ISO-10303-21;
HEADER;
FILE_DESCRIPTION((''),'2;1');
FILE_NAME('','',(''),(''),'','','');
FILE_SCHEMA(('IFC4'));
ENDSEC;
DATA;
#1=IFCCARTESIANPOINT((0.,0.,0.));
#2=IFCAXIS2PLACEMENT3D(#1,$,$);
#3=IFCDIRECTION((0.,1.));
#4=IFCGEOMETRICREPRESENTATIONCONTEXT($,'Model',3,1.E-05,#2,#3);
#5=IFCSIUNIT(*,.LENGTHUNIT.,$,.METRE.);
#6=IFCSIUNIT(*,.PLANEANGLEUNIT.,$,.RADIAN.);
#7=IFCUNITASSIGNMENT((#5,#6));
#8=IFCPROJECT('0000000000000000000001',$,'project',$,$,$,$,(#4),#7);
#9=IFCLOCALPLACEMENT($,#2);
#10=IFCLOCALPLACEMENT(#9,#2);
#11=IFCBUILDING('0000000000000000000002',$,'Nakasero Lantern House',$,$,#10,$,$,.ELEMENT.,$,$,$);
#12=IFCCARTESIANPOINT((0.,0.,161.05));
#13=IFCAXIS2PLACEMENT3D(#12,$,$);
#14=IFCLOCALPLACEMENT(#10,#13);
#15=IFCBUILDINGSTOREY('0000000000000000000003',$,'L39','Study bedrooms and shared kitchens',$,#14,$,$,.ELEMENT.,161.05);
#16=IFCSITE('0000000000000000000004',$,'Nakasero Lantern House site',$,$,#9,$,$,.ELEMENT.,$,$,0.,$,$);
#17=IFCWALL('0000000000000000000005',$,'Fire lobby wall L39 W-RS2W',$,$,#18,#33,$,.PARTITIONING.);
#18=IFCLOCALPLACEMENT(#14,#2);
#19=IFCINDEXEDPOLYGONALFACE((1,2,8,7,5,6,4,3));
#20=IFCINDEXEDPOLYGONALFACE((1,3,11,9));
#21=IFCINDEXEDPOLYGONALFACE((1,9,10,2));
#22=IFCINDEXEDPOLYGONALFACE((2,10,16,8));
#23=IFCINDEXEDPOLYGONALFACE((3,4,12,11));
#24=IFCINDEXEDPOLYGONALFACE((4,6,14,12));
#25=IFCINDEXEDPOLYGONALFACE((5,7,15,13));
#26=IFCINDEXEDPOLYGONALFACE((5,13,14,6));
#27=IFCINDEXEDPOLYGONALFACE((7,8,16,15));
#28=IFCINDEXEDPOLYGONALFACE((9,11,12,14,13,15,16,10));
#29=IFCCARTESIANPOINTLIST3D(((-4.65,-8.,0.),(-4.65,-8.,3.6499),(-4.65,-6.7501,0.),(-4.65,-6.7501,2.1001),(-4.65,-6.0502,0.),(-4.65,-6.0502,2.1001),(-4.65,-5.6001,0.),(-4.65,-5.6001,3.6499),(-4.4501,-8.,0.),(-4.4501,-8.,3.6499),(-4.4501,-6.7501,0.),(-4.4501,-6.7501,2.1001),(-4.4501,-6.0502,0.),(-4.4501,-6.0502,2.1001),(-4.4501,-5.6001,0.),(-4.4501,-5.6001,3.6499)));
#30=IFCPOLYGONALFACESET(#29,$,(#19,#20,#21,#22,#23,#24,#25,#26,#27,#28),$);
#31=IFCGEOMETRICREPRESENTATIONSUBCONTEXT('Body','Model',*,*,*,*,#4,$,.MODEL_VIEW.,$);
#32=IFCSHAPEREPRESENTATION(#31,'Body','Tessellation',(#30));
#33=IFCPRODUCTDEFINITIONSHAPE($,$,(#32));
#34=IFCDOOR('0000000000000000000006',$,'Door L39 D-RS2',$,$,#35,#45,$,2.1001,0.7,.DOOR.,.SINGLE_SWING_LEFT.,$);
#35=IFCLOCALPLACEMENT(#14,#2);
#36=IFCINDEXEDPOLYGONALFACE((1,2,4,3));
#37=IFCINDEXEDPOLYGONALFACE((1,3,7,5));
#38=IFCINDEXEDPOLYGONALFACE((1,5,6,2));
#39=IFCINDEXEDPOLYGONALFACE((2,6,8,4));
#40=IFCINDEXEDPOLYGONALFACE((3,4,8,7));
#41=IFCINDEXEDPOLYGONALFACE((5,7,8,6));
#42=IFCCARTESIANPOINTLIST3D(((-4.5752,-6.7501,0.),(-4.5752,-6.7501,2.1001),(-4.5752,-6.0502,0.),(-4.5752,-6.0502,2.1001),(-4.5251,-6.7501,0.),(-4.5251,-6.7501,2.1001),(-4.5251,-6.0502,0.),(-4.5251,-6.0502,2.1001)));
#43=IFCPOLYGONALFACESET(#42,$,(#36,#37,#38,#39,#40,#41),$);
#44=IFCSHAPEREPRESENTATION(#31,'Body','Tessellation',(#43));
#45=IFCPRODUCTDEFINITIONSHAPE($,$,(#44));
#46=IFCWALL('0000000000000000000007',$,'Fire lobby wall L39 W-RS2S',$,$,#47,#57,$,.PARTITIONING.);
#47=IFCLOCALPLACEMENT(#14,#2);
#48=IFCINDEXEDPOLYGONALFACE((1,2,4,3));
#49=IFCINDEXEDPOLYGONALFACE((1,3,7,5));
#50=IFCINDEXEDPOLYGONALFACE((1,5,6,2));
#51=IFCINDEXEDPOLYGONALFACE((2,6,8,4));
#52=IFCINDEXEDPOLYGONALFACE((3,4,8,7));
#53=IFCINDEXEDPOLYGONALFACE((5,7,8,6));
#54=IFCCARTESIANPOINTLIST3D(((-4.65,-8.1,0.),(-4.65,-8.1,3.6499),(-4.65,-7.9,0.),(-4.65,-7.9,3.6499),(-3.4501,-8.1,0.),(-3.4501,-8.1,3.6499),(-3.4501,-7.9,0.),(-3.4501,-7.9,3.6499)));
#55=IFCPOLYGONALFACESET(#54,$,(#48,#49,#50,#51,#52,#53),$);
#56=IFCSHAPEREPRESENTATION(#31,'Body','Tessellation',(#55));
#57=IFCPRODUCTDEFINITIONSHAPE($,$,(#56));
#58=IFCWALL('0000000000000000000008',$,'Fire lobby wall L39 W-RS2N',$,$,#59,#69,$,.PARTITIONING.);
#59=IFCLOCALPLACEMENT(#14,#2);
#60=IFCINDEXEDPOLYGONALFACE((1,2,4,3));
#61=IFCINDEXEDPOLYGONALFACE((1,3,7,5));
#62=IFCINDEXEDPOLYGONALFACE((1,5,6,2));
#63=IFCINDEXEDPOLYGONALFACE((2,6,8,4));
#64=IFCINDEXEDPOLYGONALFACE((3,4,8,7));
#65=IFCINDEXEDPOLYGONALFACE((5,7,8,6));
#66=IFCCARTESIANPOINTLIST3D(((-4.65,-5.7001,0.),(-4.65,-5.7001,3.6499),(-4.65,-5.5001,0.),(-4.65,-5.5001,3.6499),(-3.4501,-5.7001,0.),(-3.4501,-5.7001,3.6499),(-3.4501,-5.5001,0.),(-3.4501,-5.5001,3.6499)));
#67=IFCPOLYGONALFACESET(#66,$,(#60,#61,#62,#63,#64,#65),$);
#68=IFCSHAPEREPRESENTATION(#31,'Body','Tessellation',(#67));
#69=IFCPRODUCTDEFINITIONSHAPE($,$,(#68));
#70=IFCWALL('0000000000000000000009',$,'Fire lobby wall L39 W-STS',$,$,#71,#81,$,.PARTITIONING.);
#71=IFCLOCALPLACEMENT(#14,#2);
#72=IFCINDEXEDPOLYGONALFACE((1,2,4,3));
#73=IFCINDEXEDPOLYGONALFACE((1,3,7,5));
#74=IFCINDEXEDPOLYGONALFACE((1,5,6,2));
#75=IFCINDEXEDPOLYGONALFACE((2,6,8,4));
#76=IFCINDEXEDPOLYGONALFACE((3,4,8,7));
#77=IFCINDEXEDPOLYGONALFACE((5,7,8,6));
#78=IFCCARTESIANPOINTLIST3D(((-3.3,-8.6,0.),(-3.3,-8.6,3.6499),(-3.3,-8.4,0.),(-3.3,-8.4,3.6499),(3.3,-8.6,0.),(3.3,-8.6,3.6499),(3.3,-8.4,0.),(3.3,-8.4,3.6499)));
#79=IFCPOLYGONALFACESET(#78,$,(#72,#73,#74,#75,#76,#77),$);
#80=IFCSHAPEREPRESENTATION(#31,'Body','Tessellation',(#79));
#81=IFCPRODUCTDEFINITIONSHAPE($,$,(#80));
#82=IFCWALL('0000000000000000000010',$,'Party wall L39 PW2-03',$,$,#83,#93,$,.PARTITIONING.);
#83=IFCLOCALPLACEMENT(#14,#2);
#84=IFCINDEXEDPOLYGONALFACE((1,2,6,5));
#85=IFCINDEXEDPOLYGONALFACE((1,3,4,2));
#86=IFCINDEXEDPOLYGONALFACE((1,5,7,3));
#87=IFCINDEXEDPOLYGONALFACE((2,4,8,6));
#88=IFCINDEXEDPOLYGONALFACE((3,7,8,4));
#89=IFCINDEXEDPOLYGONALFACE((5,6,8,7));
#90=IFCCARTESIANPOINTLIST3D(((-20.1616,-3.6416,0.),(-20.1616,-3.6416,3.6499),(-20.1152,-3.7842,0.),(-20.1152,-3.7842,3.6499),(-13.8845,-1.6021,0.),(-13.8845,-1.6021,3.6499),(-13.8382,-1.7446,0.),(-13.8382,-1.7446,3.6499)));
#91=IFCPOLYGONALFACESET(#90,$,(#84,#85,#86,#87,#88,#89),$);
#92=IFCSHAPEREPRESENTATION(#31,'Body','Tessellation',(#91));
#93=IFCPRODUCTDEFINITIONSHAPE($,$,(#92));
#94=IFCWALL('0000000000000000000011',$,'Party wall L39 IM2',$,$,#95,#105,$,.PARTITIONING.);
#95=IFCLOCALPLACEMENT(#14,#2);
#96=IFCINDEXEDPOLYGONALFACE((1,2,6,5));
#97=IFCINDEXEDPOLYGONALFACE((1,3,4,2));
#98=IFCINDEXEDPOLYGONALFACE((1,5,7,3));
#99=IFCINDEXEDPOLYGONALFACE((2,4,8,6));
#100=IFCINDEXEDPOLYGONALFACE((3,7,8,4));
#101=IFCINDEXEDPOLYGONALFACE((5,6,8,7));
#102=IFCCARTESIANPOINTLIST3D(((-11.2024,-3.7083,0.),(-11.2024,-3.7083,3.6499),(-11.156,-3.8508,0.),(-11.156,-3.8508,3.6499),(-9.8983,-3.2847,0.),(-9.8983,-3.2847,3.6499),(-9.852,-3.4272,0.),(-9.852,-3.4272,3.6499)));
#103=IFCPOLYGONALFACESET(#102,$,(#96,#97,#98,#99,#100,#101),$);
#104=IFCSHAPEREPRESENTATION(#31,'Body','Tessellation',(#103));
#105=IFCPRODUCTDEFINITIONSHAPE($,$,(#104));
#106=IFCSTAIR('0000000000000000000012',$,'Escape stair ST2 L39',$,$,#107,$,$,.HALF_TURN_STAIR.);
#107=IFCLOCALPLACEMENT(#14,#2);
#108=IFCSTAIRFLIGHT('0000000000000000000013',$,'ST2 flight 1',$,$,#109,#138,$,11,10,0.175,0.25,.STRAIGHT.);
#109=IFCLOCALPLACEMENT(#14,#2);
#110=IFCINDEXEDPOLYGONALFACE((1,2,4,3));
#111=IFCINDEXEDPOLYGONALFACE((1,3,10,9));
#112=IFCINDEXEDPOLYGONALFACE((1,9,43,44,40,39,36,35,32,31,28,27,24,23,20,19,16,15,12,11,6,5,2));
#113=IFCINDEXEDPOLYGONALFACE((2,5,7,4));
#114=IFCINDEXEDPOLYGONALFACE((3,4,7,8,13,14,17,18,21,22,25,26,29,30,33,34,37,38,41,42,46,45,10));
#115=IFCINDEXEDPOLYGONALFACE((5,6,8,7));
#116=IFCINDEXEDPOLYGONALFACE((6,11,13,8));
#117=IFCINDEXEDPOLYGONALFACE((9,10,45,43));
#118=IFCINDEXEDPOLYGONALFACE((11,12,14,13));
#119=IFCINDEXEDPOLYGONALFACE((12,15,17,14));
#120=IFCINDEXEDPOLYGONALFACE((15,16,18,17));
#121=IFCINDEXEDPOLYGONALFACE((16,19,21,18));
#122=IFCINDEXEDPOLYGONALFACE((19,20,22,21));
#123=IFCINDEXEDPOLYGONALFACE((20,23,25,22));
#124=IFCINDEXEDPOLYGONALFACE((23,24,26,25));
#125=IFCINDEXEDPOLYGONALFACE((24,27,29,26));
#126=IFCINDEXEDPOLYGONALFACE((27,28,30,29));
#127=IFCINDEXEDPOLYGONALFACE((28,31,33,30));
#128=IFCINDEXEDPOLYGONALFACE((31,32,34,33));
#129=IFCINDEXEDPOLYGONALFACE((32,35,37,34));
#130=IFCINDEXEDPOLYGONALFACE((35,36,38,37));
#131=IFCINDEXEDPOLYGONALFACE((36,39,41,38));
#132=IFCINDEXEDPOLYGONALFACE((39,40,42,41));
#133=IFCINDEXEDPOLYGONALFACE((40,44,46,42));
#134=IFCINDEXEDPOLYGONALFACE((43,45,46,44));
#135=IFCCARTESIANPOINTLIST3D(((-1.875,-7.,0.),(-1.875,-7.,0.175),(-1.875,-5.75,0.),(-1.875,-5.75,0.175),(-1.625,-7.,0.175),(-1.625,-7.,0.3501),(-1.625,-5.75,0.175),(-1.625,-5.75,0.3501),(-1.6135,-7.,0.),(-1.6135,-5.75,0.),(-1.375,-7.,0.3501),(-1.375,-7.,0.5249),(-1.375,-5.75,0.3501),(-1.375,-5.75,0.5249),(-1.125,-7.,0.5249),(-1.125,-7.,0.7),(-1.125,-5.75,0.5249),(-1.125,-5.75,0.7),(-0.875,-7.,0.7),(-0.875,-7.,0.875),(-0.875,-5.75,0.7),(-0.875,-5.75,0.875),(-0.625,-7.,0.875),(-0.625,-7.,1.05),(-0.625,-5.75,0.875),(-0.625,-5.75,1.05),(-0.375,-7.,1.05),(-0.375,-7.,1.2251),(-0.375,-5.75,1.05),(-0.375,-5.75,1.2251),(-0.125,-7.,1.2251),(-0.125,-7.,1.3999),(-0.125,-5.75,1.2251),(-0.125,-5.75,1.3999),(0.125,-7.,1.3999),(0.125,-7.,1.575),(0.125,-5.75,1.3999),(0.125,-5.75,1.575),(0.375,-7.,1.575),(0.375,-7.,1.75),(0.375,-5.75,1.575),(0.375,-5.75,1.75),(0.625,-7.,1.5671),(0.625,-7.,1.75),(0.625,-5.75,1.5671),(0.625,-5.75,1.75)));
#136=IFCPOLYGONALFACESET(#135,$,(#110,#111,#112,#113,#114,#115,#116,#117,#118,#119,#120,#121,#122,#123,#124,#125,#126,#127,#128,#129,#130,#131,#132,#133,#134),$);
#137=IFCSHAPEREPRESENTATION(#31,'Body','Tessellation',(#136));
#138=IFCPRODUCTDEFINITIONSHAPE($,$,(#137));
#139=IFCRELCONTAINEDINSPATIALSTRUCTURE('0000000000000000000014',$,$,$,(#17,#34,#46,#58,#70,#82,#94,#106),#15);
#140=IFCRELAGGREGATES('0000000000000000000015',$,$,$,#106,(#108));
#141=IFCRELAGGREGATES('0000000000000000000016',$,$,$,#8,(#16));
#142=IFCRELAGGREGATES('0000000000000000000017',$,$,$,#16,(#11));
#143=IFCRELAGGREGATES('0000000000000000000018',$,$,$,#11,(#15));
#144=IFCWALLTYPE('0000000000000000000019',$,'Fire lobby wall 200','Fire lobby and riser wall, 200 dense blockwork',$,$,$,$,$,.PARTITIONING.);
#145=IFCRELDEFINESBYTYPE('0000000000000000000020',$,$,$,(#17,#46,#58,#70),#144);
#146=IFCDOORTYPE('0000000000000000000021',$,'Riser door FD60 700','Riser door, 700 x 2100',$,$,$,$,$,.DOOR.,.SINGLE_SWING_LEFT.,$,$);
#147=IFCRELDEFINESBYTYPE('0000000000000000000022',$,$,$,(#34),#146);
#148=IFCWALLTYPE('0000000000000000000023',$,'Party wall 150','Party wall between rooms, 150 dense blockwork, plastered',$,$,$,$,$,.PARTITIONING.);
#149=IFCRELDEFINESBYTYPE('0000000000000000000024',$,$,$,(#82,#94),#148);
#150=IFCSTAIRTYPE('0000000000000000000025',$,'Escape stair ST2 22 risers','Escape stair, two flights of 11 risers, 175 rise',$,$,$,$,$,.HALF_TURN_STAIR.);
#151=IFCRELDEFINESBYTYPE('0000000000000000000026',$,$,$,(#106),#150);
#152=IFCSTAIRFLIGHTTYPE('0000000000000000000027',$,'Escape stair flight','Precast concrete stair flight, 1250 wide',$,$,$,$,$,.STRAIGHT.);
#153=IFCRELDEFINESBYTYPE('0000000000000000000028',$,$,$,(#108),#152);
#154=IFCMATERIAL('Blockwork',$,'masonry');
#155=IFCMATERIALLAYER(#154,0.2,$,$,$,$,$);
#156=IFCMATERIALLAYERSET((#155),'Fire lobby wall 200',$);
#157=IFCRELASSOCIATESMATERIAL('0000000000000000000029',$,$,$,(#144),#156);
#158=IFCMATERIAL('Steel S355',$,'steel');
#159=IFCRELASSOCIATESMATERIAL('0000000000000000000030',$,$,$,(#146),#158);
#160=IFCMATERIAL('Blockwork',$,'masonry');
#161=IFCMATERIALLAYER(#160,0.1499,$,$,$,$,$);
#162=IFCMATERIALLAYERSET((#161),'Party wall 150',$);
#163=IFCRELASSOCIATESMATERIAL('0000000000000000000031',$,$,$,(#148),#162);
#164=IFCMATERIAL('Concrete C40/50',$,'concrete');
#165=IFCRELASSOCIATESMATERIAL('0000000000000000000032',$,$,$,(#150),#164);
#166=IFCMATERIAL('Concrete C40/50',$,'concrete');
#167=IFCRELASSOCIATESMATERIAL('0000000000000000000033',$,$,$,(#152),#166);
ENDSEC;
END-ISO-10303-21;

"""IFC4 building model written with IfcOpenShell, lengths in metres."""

from ifc_helpers import new_model, si_unit, direction, frame, frame_2d, origin, place, context, subcontext, project, spatial, polyline, rectangle, outline, extrude, material, layer, layer_set, type_object, element, fill, aggregate, save


model = new_model("IFC4")

# Units and contexts
model_context = context("Model", 3, precision=1e-05, world=origin(), true_north=direction((0.0, 1.0)))
body_context = subcontext(model_context, "Body", "Model", "MODEL_VIEW")
ifc_project = project(units=[si_unit("LENGTHUNIT", "METRE"), si_unit("PLANEANGLEUNIT", "RADIAN")], contexts=[model_context])

# Site, building, storey
site_placement = place(None, origin())
site = spatial("IfcSite", under=ifc_project, at=site_placement, Name="Nakasero Lantern House site", CompositionType="ELEMENT", RefElevation=0.0)
building_placement = place(site_placement, origin())
building = spatial("IfcBuilding", under=site, at=building_placement, Name="Nakasero Lantern House", CompositionType="ELEMENT")
storey_placement = place(building_placement, frame((0.0, 0.0, 161.05)))
storey = spatial("IfcBuildingStorey", under=building, at=storey_placement, Name="L39", Description="Study bedrooms and shared kitchens", CompositionType="ELEMENT", Elevation=161.05)

# Wall, opening, door
ifc_material_1 = material(Name="Blockwork", Category="masonry")
ifc_layer_1 = layer(ifc_material_1, 0.2)
ifc_layer_set_1 = layer_set([ifc_layer_1], Name="Fire lobby wall 200")
wall_type_1 = type_object("IfcWallType", Name="Fire lobby wall 200", Description="Fire lobby and riser wall, 200 dense blockwork", PredefinedType="PARTITIONING", material=ifc_layer_set_1)
wall_1_placement = place(storey_placement, frame((-4.55, -5.6001, 0.0), z_axis=(0.0, 0.0, 1.0), x_axis=(0.0, -1.0, 0.0)))
wall_1 = element("IfcWall", 1, at=wall_1_placement, inside=storey, type_object=wall_type_1, Name="Fire lobby wall L39 W-RS2W", PredefinedType="PARTITIONING", context=body_context, shape_type="SweptSolid", body=[
    extrude(rectangle(XDim=2.3999, YDim=0.2, at=frame_2d((1.2, 0.0))), origin(), (0.0, 0.0, 1.0), 3.6499),
])
opening_1_placement = place(wall_1_placement, frame((0.45, 0.0, 0.0)))
opening_1 = element("IfcOpeningElement", 2, at=opening_1_placement, cuts=wall_1, PredefinedType="OPENING", context=body_context, shape_type="SweptSolid", body=[
    extrude(rectangle(XDim=0.7, YDim=2.1001, at=frame_2d((0.3501, 1.05))), frame((0.0, 0.1199, 0.0), z_axis=(0.0, -1.0, 0.0), x_axis=(1.0, 0.0, 0.0)), (0.0, 0.0, 1.0), 0.24),
])
ifc_material_2 = material(Name="Steel S355", Category="steel")
door_type_1 = type_object("IfcDoorType", Name="Riser door FD60 700", Description="Riser door, 700 x 2100", OperationType="SINGLE_SWING_LEFT", PredefinedType="DOOR", material=ifc_material_2)
door_1_placement = place(opening_1_placement, origin())
door_1 = element("IfcDoor", 3, at=door_1_placement, inside=storey, type_object=door_type_1, Name="Door L39 D-RS2", OperationType="SINGLE_SWING_LEFT", OverallHeight=2.1001, OverallWidth=0.7, PredefinedType="DOOR", context=body_context, shape_type="SweptSolid", body=[
    extrude(rectangle(XDim=0.7, YDim=2.1001, at=frame_2d((0.3501, 1.05))), frame((0.0, 0.0249, 0.0), z_axis=(0.0, -1.0, 0.0), x_axis=(1.0, 0.0, 0.0)), (0.0, 0.0, 1.0), 0.05),
])
fill(opening_1, door_1)

# Walls
for number, where, z_axis, x_axis, name in (
    (4, (-3.45, -8.0, 0.0), (0.0, 0.0, 1.0), (-1.0, 0.0, 0.0), "Fire lobby wall L39 W-RS2S"),
    (5, (-3.45, -5.6001, 0.0), (0.0, 0.0, 1.0), (-1.0, 0.0, 0.0), "Fire lobby wall L39 W-RS2N"),
):
    element("IfcWall", number, at=place(storey_placement, frame(where, z_axis=z_axis, x_axis=x_axis)), inside=storey, type_object=wall_type_1, Name=name, PredefinedType="PARTITIONING", context=body_context, shape_type="SweptSolid", body=[
        extrude(rectangle(XDim=1.2, YDim=0.2, at=frame_2d((0.6001, 0.0))), origin(), (0.0, 0.0, 1.0), 3.6499),
    ])
wall_2_placement = place(storey_placement, frame((-3.3, -8.5, 0.0), z_axis=(0.0, 0.0, 1.0), x_axis=(1.0, 0.0, 0.0)))
element("IfcWall", 6, at=wall_2_placement, inside=storey, type_object=wall_type_1, Name="Fire lobby wall L39 W-STS", PredefinedType="PARTITIONING", context=body_context, shape_type="SweptSolid", body=[
    extrude(rectangle(XDim=6.6001, YDim=0.2, at=frame_2d((3.3, 0.0))), origin(), (0.0, 0.0, 1.0), 3.6499),
])
ifc_material_3 = material(Name="Blockwork", Category="masonry")
ifc_layer_2 = layer(ifc_material_3, 0.1499)
ifc_layer_set_2 = layer_set([ifc_layer_2], Name="Party wall 150")
wall_type_2 = type_object("IfcWallType", Name="Party wall 150", Description="Party wall between rooms, 150 dense blockwork, plastered", PredefinedType="PARTITIONING", material=ifc_layer_set_2)
wall_3_placement = place(storey_placement, frame((-13.8613, -1.6733, 0.0), z_axis=(0.0, 0.0, 1.0), x_axis=(-0.951057, -0.309017, 0.0)))
element("IfcWall", 7, at=wall_3_placement, inside=storey, type_object=wall_type_2, Name="Party wall L39 PW2-03", PredefinedType="PARTITIONING", context=body_context, shape_type="SweptSolid", body=[
    extrude(rectangle(XDim=6.6001, YDim=0.1499, at=frame_2d((3.3, 0.0))), origin(), (0.0, 0.0, 1.0), 3.6499),
])
wall_4_placement = place(storey_placement, frame((-11.1792, -3.7795, 0.0), z_axis=(0.0, 0.0, 1.0), x_axis=(0.951077, 0.308953, 0.0)))
element("IfcWall", 8, at=wall_4_placement, inside=storey, type_object=wall_type_2, Name="Party wall L39 IM2", PredefinedType="PARTITIONING", context=body_context, shape_type="SweptSolid", body=[
    extrude(rectangle(XDim=1.3711, YDim=0.1499, at=frame_2d((0.6855, 0.0))), origin(), (0.0, 0.0, 1.0), 3.6499),
])

# Stair, stair flight
ifc_material_4 = material(Name="Concrete C40/50", Category="concrete")
stair_type = type_object("IfcStairType", Name="Escape stair ST2 22 risers", Description="Escape stair, two flights of 11 risers, 175 rise", PredefinedType="HALF_TURN_STAIR", material=ifc_material_4)
stair_placement = place(storey_placement, origin())
stair = element("IfcStair", 9, at=stair_placement, inside=storey, type_object=stair_type, Name="Escape stair ST2 L39", PredefinedType="HALF_TURN_STAIR")
ifc_material_5 = material(Name="Concrete C40/50", Category="concrete")
stair_flight_type = type_object("IfcStairFlightType", Name="Escape stair flight", Description="Precast concrete stair flight, 1250 wide", PredefinedType="STRAIGHT", material=ifc_material_5)
stair_flight_placement = place(storey_placement, frame((-1.875, -6.375, 0.0), z_axis=(0.0, 0.0, 1.0), x_axis=(1.0, 0.0, 0.0)))
stair_flight = element("IfcStairFlight", 10, at=stair_flight_placement, type_object=stair_flight_type, Name="ST2 flight 1", NumberOfRisers=11, NumberOfTreads=10, PredefinedType="STRAIGHT", RiserHeight=0.175, TreadLength=0.25, context=body_context, shape_type="SweptSolid", body=[
    extrude(outline(polyline([(0.0, 0.0), (0.0, 0.175), (0.25, 0.175), (0.25, 0.3501), (0.5, 0.3501), (0.5, 0.5249), (0.75, 0.5249), (0.75, 0.7), (1.0, 0.7), (1.0, 0.875), (1.25, 0.875), (1.25, 1.05), (1.5, 1.05), (1.5, 1.2251), (1.75, 1.2251), (1.75, 1.3999), (2.0, 1.3999), (2.0, 1.575), (2.25, 1.575), (2.25, 1.75), (2.5, 1.75), (2.5, 1.925), (2.5, 1.5671), (0.2615, 0.0), (0.0, 0.0)])), frame((0.0, 0.625, 0.0), z_axis=(0.0, -1.0, 0.0), x_axis=(1.0, 0.0, 0.0)), (0.0, 0.0, 1.0), 1.25),
])
aggregate(stair, [stair_flight])

save(model, "model.ifc")
